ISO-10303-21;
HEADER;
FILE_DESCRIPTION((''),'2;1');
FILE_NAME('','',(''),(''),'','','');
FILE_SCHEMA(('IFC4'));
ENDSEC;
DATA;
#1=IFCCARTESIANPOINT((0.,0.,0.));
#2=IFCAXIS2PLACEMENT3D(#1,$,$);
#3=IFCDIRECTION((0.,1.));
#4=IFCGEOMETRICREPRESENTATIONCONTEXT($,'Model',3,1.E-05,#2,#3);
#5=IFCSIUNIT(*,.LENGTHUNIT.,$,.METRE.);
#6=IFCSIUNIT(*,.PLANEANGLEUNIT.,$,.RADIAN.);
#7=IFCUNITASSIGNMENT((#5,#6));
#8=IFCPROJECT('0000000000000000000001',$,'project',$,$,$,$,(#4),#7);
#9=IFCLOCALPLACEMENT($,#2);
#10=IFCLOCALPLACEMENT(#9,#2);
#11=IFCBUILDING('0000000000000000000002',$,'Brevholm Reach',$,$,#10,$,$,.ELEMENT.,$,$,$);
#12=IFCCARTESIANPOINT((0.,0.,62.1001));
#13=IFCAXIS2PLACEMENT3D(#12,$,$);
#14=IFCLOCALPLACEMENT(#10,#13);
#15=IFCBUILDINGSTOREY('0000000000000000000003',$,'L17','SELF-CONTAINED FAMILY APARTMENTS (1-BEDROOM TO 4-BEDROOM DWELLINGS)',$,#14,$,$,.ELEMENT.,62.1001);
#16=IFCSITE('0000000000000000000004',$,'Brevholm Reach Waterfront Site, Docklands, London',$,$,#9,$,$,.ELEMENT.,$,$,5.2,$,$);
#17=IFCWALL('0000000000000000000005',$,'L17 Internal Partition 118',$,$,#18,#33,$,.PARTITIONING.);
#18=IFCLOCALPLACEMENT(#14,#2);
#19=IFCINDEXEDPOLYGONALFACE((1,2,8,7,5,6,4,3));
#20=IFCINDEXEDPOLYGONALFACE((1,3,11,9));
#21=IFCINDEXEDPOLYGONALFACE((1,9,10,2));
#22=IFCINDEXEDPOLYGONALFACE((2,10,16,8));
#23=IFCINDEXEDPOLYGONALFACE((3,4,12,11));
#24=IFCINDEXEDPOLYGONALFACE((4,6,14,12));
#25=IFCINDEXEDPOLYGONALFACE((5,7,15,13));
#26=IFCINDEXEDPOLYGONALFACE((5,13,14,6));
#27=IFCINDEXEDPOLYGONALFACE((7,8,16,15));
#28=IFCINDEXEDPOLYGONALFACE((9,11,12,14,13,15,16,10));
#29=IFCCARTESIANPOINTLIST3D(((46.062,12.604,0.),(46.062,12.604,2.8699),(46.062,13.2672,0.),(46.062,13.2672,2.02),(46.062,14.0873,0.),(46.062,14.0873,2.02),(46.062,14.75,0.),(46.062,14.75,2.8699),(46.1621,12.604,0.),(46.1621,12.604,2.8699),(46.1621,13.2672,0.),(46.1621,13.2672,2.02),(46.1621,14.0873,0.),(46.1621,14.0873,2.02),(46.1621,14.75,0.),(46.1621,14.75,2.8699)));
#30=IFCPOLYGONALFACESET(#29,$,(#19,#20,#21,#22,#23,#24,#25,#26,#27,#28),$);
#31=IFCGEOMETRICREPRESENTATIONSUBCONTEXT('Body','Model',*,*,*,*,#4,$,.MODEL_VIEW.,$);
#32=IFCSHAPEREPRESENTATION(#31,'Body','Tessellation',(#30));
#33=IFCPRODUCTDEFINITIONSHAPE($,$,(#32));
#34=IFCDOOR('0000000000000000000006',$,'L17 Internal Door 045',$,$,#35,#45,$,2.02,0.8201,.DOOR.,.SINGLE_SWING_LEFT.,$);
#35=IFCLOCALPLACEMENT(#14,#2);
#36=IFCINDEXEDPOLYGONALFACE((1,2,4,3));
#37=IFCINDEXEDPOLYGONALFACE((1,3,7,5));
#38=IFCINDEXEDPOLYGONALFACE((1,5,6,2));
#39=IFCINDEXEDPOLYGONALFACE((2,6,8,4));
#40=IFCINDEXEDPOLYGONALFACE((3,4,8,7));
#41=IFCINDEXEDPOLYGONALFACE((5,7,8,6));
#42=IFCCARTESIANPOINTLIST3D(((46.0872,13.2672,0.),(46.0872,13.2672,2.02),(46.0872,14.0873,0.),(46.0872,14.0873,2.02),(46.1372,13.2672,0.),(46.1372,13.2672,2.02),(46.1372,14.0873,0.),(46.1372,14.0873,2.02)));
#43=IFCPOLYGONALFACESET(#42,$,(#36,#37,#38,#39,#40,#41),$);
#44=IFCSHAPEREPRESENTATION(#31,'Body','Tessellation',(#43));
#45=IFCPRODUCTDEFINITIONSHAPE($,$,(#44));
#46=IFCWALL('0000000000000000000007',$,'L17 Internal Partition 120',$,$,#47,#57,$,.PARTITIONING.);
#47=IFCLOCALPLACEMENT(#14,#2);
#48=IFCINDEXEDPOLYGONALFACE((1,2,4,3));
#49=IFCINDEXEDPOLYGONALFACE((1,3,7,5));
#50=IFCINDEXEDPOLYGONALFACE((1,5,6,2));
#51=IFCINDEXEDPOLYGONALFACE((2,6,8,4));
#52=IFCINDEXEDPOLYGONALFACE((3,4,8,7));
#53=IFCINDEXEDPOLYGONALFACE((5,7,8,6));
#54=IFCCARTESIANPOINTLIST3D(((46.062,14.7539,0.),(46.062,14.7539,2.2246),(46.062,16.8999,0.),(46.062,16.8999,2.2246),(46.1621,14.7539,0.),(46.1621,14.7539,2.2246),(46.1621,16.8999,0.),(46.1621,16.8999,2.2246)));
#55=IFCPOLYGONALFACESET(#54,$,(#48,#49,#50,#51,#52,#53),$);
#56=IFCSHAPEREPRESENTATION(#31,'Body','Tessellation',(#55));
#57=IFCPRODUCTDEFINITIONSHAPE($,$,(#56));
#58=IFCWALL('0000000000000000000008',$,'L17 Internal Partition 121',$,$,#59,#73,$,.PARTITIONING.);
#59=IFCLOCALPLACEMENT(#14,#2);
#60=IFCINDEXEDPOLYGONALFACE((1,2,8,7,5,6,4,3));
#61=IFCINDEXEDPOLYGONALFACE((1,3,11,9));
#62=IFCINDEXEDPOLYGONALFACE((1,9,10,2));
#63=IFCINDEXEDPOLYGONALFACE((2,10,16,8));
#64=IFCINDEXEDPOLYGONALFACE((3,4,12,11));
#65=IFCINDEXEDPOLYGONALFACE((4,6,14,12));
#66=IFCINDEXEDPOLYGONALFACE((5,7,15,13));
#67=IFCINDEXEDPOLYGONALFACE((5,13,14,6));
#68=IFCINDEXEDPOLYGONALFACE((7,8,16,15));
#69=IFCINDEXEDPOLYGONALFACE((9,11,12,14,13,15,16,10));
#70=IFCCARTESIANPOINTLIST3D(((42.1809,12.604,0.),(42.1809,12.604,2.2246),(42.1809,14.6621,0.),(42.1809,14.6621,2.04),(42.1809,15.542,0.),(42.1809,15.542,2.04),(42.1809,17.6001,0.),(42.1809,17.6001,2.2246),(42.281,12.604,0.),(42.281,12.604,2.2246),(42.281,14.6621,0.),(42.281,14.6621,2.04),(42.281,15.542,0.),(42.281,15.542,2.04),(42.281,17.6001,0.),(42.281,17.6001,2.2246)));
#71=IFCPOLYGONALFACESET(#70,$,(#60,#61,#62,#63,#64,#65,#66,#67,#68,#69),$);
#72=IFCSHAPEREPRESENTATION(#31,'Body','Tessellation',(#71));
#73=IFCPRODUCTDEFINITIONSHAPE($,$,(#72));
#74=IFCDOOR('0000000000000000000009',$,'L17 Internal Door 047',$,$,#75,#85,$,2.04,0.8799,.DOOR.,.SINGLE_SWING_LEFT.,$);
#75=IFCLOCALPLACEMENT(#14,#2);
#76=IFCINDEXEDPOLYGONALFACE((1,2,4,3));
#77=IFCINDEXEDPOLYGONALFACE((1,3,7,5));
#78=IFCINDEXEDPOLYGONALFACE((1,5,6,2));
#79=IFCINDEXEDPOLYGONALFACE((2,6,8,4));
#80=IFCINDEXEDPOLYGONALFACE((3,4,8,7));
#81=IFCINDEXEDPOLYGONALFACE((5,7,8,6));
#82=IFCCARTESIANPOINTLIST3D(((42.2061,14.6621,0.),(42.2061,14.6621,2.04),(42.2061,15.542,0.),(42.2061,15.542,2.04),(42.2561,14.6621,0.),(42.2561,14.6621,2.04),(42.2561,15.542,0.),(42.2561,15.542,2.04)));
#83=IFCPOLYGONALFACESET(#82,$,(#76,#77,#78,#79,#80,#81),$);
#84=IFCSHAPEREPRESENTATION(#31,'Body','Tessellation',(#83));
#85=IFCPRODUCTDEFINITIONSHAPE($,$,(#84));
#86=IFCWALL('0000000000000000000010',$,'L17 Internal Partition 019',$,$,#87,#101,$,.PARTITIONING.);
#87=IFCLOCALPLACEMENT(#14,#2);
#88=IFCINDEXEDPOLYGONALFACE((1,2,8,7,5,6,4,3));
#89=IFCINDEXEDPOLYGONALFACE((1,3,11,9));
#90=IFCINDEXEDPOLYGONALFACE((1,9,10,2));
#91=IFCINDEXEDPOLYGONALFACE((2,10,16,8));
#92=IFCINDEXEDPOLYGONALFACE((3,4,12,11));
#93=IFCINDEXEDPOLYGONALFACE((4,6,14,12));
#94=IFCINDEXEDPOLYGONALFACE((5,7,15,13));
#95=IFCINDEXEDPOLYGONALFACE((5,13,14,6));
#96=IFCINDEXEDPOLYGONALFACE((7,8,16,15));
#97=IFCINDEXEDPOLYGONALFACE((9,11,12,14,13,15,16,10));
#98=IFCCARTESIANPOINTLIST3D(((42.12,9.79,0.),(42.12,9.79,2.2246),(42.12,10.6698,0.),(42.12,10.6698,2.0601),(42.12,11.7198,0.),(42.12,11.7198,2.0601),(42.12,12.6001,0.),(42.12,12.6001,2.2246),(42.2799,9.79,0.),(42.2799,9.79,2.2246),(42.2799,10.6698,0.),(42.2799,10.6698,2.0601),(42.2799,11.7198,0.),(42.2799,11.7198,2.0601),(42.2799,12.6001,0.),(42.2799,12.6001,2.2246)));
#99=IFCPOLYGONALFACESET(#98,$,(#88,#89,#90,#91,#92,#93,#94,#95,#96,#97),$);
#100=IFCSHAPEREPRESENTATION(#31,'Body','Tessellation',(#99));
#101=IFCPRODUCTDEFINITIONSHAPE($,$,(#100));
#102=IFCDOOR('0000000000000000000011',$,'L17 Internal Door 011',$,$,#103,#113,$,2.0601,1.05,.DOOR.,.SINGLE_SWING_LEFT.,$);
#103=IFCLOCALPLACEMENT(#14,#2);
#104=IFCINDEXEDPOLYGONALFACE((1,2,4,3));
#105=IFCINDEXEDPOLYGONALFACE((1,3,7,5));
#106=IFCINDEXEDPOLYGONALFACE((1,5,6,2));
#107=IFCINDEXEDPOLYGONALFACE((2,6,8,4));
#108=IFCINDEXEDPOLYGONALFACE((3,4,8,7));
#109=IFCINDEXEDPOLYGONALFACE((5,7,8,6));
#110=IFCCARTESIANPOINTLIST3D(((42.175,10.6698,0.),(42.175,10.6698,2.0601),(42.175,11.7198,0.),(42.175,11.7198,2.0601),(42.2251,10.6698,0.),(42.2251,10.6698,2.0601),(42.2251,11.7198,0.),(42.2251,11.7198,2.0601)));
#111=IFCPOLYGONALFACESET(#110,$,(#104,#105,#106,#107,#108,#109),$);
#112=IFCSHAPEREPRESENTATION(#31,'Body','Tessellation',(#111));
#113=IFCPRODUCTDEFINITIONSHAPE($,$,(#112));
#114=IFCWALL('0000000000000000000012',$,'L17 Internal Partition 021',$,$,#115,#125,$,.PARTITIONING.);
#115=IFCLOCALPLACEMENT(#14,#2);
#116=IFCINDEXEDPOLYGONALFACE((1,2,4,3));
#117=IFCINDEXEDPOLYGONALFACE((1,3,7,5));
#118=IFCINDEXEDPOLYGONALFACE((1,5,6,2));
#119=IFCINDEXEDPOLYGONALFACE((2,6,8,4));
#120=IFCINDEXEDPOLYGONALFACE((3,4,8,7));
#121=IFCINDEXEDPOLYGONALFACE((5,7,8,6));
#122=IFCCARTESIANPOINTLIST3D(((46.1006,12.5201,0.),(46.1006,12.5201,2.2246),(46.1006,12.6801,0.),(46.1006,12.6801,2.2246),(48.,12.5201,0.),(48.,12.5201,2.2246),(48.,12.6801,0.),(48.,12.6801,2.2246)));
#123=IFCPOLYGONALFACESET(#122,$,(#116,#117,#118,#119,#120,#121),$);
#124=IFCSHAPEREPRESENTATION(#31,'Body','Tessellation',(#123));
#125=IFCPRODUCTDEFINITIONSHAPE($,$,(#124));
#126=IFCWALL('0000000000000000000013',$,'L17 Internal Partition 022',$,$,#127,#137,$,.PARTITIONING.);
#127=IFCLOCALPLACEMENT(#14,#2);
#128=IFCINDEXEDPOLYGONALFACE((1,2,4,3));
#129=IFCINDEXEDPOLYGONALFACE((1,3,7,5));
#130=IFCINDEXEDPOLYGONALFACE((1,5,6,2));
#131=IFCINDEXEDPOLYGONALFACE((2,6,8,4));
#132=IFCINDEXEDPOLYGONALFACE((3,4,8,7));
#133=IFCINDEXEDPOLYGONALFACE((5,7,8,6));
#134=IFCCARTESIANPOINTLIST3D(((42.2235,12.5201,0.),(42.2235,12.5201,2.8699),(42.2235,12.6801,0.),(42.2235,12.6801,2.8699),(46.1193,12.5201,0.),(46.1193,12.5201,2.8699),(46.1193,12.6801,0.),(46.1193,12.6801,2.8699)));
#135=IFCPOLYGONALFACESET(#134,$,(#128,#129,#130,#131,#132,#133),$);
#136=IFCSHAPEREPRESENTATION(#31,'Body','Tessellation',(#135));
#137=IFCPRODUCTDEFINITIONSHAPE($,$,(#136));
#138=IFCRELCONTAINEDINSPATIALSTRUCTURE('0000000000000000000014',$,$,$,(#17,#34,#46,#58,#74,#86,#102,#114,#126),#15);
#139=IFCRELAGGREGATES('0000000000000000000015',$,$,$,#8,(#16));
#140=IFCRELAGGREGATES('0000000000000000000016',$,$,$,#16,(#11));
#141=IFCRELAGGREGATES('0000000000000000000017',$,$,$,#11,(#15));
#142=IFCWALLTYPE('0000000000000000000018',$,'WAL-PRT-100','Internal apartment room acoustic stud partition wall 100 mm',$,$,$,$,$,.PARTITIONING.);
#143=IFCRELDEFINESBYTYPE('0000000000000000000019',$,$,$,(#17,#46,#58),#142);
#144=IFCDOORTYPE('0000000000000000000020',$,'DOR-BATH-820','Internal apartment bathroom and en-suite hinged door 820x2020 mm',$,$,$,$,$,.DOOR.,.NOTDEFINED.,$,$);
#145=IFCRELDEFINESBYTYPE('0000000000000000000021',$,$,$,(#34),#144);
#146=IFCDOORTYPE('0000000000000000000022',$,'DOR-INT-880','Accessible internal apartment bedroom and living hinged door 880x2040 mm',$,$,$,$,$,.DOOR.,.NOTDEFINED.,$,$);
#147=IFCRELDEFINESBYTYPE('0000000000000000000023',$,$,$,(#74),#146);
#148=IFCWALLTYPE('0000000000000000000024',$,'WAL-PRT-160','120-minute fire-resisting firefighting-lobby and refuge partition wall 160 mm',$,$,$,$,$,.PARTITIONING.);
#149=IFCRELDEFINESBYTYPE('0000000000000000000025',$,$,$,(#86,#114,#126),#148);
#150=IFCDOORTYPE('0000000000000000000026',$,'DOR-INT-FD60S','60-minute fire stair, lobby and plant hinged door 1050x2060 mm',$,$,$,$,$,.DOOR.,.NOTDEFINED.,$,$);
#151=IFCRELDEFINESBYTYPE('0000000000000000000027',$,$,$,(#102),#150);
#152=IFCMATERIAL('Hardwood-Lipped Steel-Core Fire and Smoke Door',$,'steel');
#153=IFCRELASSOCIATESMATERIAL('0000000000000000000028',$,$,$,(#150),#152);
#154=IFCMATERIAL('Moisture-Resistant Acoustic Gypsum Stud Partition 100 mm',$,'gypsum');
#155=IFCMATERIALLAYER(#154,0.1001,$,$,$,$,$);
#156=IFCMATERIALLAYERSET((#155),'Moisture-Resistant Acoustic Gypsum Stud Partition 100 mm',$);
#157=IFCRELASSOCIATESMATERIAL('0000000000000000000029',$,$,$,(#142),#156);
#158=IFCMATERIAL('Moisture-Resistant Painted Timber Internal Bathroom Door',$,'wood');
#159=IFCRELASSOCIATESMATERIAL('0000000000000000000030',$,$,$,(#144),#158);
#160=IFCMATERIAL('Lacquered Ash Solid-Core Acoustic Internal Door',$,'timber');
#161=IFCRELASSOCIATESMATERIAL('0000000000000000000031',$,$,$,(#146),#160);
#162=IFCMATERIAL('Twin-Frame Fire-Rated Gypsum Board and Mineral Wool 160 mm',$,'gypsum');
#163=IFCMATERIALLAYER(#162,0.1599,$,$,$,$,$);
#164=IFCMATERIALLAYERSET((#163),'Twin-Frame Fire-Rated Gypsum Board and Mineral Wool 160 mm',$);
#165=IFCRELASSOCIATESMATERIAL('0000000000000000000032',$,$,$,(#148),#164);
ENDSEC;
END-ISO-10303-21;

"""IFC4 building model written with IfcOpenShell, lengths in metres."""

from ifc_helpers import new_model, si_unit, direction, frame, frame_2d, origin, place, context, subcontext, project, spatial, rectangle, extrude, material, layer, layer_set, type_object, element, fill, save


model = new_model("IFC4")

# Units and contexts
model_context = context("Model", 3, precision=1e-05, world=origin(), true_north=direction((0.0, 1.0)))
body_context = subcontext(model_context, "Body", "Model", "MODEL_VIEW")
ifc_project = project(units=[si_unit("LENGTHUNIT", "METRE"), si_unit("PLANEANGLEUNIT", "RADIAN")], contexts=[model_context])

# Site, building, storey
site_placement = place(None, origin())
site = spatial("IfcSite", under=ifc_project, at=site_placement, Name="Brevholm Reach Waterfront Site, Docklands, London", CompositionType="ELEMENT", RefElevation=5.2)
building_placement = place(site_placement, origin())
building = spatial("IfcBuilding", under=site, at=building_placement, Name="Brevholm Reach", CompositionType="ELEMENT")
storey_placement = place(building_placement, frame((0.0, 0.0, 62.1001)))
storey = spatial("IfcBuildingStorey", under=building, at=storey_placement, Name="L17", Description="SELF-CONTAINED FAMILY APARTMENTS (1-BEDROOM TO 4-BEDROOM DWELLINGS)", CompositionType="ELEMENT", Elevation=62.1001)

# Shared definitions
ifc_material_1 = material(Name="Hardwood-Lipped Steel-Core Fire and Smoke Door", Category="steel")
door_type_1 = type_object("IfcDoorType", Name="DOR-INT-FD60S", Description="60-minute fire stair, lobby and plant hinged door 1050x2060 mm", OperationType="NOTDEFINED", PredefinedType="DOOR", material=ifc_material_1)

# Shared definitions
ifc_material_2 = material(Name="Moisture-Resistant Acoustic Gypsum Stud Partition 100 mm", Category="gypsum")
ifc_layer_1 = layer(ifc_material_2, 0.1001)
ifc_layer_set_1 = layer_set([ifc_layer_1], Name="Moisture-Resistant Acoustic Gypsum Stud Partition 100 mm")
wall_type_1 = type_object("IfcWallType", Name="WAL-PRT-100", Description="Internal apartment room acoustic stud partition wall 100 mm", PredefinedType="PARTITIONING", material=ifc_layer_set_1)

# Wall, opening, door
wall_1_placement = place(storey_placement, frame((46.1121, 12.604, 0.0), z_axis=(0.0, 0.0, 1.0), x_axis=(0.0, 1.0, 0.0)))
wall_1 = element("IfcWall", 1, at=wall_1_placement, inside=storey, type_object=wall_type_1, Name="L17 Internal Partition 118", PredefinedType="PARTITIONING", context=body_context, shape_type="SweptSolid", body=[
    extrude(rectangle(XDim=2.146, YDim=0.1001, at=frame_2d((1.073, 0.0))), origin(), (0.0, 0.0, 1.0), 2.8699),
])
opening_1_placement = place(wall_1_placement, frame((0.6631, 0.0, 0.0)))
opening_1 = element("IfcOpeningElement", 2, at=opening_1_placement, cuts=wall_1, PredefinedType="OPENING", context=body_context, shape_type="SweptSolid", body=[
    extrude(rectangle(XDim=0.8201, YDim=2.02, at=frame_2d((0.4102, 1.01))), frame((0.0, 0.0601, 0.0), z_axis=(0.0, -1.0, 0.0), x_axis=(1.0, 0.0, 0.0)), (0.0, 0.0, 1.0), 0.1201),
])
ifc_material_3 = material(Name="Moisture-Resistant Painted Timber Internal Bathroom Door", Category="wood")
door_type_2 = type_object("IfcDoorType", Name="DOR-BATH-820", Description="Internal apartment bathroom and en-suite hinged door 820x2020 mm", OperationType="NOTDEFINED", PredefinedType="DOOR", material=ifc_material_3)
door_1_placement = place(opening_1_placement, origin())
door_1 = element("IfcDoor", 3, at=door_1_placement, inside=storey, type_object=door_type_2, Name="L17 Internal Door 045", OperationType="SINGLE_SWING_LEFT", OverallHeight=2.02, OverallWidth=0.8201, PredefinedType="DOOR", context=body_context, shape_type="SweptSolid", body=[
    extrude(rectangle(XDim=0.8201, YDim=2.02, at=frame_2d((0.4102, 1.01))), frame((0.0, 0.0249, 0.0), z_axis=(0.0, -1.0, 0.0), x_axis=(1.0, 0.0, 0.0)), (0.0, 0.0, 1.0), 0.05),
])
fill(opening_1, door_1)

# Wall
wall_2_placement = place(storey_placement, frame((46.1121, 14.7539, 0.0), z_axis=(0.0, 0.0, 1.0), x_axis=(0.0, 1.0, 0.0)))
element("IfcWall", 4, at=wall_2_placement, inside=storey, type_object=wall_type_1, Name="L17 Internal Partition 120", PredefinedType="PARTITIONING", context=body_context, shape_type="SweptSolid", body=[
    extrude(rectangle(XDim=2.146, YDim=0.1001, at=frame_2d((1.073, 0.0))), origin(), (0.0, 0.0, 1.0), 2.2246),
])

# Walls, openings, doors
wall_3_placement = place(storey_placement, frame((42.231, 12.604, 0.0), z_axis=(0.0, 0.0, 1.0), x_axis=(0.0, 1.0, 0.0)))
wall_3 = element("IfcWall", 5, at=wall_3_placement, inside=storey, type_object=wall_type_1, Name="L17 Internal Partition 121", PredefinedType="PARTITIONING", context=body_context, shape_type="SweptSolid", body=[
    extrude(rectangle(XDim=4.9961, YDim=0.1001, at=frame_2d((2.498, 0.0))), origin(), (0.0, 0.0, 1.0), 2.2246),
])
opening_2_placement = place(wall_3_placement, frame((2.0581, 0.0, 0.0)))
opening_2 = element("IfcOpeningElement", 6, at=opening_2_placement, cuts=wall_3, PredefinedType="OPENING", context=body_context, shape_type="SweptSolid", body=[
    extrude(rectangle(XDim=0.8799, YDim=2.04, at=frame_2d((0.4399, 1.02))), frame((0.0, 0.0601, 0.0), z_axis=(0.0, -1.0, 0.0), x_axis=(1.0, 0.0, 0.0)), (0.0, 0.0, 1.0), 0.1201),
])
ifc_material_4 = material(Name="Lacquered Ash Solid-Core Acoustic Internal Door", Category="timber")
door_type_3 = type_object("IfcDoorType", Name="DOR-INT-880", Description="Accessible internal apartment bedroom and living hinged door 880x2040 mm", OperationType="NOTDEFINED", PredefinedType="DOOR", material=ifc_material_4)
door_2_placement = place(opening_2_placement, origin())
door_2 = element("IfcDoor", 7, at=door_2_placement, inside=storey, type_object=door_type_3, Name="L17 Internal Door 047", OperationType="SINGLE_SWING_LEFT", OverallHeight=2.04, OverallWidth=0.8799, PredefinedType="DOOR", context=body_context, shape_type="SweptSolid", body=[
    extrude(rectangle(XDim=0.8799, YDim=2.04, at=frame_2d((0.4399, 1.02))), frame((0.0, 0.0249, 0.0), z_axis=(0.0, -1.0, 0.0), x_axis=(1.0, 0.0, 0.0)), (0.0, 0.0, 1.0), 0.05),
])
fill(opening_2, door_2)
ifc_material_5 = material(Name="Twin-Frame Fire-Rated Gypsum Board and Mineral Wool 160 mm", Category="gypsum")
ifc_layer_2 = layer(ifc_material_5, 0.1599)
ifc_layer_set_2 = layer_set([ifc_layer_2], Name="Twin-Frame Fire-Rated Gypsum Board and Mineral Wool 160 mm")
wall_type_2 = type_object("IfcWallType", Name="WAL-PRT-160", Description="120-minute fire-resisting firefighting-lobby and refuge partition wall 160 mm", PredefinedType="PARTITIONING", material=ifc_layer_set_2)
wall_4_placement = place(storey_placement, frame((42.2, 9.79, 0.0), z_axis=(0.0, 0.0, 1.0), x_axis=(0.0, 1.0, 0.0)))
wall_4 = element("IfcWall", 8, at=wall_4_placement, inside=storey, type_object=wall_type_2, Name="L17 Internal Partition 019", PredefinedType="PARTITIONING", context=body_context, shape_type="SweptSolid", body=[
    extrude(rectangle(XDim=2.8101, YDim=0.1599, at=frame_2d((1.405, 0.0))), origin(), (0.0, 0.0, 1.0), 2.2246),
])
opening_3_placement = place(wall_4_placement, frame((0.8799, 0.0, 0.0)))
opening_3 = element("IfcOpeningElement", 9, at=opening_3_placement, cuts=wall_4, PredefinedType="OPENING", context=body_context, shape_type="SweptSolid", body=[
    extrude(rectangle(XDim=1.05, YDim=2.0601, at=frame_2d((0.5249, 1.03))), frame((0.0, 0.0898, 0.0), z_axis=(0.0, -1.0, 0.0), x_axis=(1.0, 0.0, 0.0)), (0.0, 0.0, 1.0), 0.1799),
])
door_3_placement = place(opening_3_placement, origin())
door_3 = element("IfcDoor", 10, at=door_3_placement, inside=storey, type_object=door_type_1, Name="L17 Internal Door 011", OperationType="SINGLE_SWING_LEFT", OverallHeight=2.0601, OverallWidth=1.05, PredefinedType="DOOR", context=body_context, shape_type="SweptSolid", body=[
    extrude(rectangle(XDim=1.05, YDim=2.0601, at=frame_2d((0.5249, 1.03))), frame((0.0, 0.0249, 0.0), z_axis=(0.0, -1.0, 0.0), x_axis=(1.0, 0.0, 0.0)), (0.0, 0.0, 1.0), 0.05),
])
fill(opening_3, door_3)

# Walls
wall_5_placement = place(storey_placement, frame((46.1006, 12.6001, 0.0), z_axis=(0.0, 0.0, 1.0), x_axis=(1.0, 0.0, 0.0)))
element("IfcWall", 11, at=wall_5_placement, inside=storey, type_object=wall_type_2, Name="L17 Internal Partition 021", PredefinedType="PARTITIONING", context=body_context, shape_type="SweptSolid", body=[
    extrude(rectangle(XDim=1.8994, YDim=0.1599, at=frame_2d((0.9497, 0.0))), origin(), (0.0, 0.0, 1.0), 2.2246),
])
wall_6_placement = place(storey_placement, frame((42.2236, 12.6001, 0.0), z_axis=(0.0, 0.0, 1.0), x_axis=(1.0, 0.0, 0.0)))
element("IfcWall", 12, at=wall_6_placement, inside=storey, type_object=wall_type_2, Name="L17 Internal Partition 022", PredefinedType="PARTITIONING", context=body_context, shape_type="SweptSolid", body=[
    extrude(rectangle(XDim=3.8958, YDim=0.1599, at=frame_2d((1.9478, 0.0))), origin(), (0.0, 0.0, 1.0), 2.8699),
])

save(model, "model.ifc")
